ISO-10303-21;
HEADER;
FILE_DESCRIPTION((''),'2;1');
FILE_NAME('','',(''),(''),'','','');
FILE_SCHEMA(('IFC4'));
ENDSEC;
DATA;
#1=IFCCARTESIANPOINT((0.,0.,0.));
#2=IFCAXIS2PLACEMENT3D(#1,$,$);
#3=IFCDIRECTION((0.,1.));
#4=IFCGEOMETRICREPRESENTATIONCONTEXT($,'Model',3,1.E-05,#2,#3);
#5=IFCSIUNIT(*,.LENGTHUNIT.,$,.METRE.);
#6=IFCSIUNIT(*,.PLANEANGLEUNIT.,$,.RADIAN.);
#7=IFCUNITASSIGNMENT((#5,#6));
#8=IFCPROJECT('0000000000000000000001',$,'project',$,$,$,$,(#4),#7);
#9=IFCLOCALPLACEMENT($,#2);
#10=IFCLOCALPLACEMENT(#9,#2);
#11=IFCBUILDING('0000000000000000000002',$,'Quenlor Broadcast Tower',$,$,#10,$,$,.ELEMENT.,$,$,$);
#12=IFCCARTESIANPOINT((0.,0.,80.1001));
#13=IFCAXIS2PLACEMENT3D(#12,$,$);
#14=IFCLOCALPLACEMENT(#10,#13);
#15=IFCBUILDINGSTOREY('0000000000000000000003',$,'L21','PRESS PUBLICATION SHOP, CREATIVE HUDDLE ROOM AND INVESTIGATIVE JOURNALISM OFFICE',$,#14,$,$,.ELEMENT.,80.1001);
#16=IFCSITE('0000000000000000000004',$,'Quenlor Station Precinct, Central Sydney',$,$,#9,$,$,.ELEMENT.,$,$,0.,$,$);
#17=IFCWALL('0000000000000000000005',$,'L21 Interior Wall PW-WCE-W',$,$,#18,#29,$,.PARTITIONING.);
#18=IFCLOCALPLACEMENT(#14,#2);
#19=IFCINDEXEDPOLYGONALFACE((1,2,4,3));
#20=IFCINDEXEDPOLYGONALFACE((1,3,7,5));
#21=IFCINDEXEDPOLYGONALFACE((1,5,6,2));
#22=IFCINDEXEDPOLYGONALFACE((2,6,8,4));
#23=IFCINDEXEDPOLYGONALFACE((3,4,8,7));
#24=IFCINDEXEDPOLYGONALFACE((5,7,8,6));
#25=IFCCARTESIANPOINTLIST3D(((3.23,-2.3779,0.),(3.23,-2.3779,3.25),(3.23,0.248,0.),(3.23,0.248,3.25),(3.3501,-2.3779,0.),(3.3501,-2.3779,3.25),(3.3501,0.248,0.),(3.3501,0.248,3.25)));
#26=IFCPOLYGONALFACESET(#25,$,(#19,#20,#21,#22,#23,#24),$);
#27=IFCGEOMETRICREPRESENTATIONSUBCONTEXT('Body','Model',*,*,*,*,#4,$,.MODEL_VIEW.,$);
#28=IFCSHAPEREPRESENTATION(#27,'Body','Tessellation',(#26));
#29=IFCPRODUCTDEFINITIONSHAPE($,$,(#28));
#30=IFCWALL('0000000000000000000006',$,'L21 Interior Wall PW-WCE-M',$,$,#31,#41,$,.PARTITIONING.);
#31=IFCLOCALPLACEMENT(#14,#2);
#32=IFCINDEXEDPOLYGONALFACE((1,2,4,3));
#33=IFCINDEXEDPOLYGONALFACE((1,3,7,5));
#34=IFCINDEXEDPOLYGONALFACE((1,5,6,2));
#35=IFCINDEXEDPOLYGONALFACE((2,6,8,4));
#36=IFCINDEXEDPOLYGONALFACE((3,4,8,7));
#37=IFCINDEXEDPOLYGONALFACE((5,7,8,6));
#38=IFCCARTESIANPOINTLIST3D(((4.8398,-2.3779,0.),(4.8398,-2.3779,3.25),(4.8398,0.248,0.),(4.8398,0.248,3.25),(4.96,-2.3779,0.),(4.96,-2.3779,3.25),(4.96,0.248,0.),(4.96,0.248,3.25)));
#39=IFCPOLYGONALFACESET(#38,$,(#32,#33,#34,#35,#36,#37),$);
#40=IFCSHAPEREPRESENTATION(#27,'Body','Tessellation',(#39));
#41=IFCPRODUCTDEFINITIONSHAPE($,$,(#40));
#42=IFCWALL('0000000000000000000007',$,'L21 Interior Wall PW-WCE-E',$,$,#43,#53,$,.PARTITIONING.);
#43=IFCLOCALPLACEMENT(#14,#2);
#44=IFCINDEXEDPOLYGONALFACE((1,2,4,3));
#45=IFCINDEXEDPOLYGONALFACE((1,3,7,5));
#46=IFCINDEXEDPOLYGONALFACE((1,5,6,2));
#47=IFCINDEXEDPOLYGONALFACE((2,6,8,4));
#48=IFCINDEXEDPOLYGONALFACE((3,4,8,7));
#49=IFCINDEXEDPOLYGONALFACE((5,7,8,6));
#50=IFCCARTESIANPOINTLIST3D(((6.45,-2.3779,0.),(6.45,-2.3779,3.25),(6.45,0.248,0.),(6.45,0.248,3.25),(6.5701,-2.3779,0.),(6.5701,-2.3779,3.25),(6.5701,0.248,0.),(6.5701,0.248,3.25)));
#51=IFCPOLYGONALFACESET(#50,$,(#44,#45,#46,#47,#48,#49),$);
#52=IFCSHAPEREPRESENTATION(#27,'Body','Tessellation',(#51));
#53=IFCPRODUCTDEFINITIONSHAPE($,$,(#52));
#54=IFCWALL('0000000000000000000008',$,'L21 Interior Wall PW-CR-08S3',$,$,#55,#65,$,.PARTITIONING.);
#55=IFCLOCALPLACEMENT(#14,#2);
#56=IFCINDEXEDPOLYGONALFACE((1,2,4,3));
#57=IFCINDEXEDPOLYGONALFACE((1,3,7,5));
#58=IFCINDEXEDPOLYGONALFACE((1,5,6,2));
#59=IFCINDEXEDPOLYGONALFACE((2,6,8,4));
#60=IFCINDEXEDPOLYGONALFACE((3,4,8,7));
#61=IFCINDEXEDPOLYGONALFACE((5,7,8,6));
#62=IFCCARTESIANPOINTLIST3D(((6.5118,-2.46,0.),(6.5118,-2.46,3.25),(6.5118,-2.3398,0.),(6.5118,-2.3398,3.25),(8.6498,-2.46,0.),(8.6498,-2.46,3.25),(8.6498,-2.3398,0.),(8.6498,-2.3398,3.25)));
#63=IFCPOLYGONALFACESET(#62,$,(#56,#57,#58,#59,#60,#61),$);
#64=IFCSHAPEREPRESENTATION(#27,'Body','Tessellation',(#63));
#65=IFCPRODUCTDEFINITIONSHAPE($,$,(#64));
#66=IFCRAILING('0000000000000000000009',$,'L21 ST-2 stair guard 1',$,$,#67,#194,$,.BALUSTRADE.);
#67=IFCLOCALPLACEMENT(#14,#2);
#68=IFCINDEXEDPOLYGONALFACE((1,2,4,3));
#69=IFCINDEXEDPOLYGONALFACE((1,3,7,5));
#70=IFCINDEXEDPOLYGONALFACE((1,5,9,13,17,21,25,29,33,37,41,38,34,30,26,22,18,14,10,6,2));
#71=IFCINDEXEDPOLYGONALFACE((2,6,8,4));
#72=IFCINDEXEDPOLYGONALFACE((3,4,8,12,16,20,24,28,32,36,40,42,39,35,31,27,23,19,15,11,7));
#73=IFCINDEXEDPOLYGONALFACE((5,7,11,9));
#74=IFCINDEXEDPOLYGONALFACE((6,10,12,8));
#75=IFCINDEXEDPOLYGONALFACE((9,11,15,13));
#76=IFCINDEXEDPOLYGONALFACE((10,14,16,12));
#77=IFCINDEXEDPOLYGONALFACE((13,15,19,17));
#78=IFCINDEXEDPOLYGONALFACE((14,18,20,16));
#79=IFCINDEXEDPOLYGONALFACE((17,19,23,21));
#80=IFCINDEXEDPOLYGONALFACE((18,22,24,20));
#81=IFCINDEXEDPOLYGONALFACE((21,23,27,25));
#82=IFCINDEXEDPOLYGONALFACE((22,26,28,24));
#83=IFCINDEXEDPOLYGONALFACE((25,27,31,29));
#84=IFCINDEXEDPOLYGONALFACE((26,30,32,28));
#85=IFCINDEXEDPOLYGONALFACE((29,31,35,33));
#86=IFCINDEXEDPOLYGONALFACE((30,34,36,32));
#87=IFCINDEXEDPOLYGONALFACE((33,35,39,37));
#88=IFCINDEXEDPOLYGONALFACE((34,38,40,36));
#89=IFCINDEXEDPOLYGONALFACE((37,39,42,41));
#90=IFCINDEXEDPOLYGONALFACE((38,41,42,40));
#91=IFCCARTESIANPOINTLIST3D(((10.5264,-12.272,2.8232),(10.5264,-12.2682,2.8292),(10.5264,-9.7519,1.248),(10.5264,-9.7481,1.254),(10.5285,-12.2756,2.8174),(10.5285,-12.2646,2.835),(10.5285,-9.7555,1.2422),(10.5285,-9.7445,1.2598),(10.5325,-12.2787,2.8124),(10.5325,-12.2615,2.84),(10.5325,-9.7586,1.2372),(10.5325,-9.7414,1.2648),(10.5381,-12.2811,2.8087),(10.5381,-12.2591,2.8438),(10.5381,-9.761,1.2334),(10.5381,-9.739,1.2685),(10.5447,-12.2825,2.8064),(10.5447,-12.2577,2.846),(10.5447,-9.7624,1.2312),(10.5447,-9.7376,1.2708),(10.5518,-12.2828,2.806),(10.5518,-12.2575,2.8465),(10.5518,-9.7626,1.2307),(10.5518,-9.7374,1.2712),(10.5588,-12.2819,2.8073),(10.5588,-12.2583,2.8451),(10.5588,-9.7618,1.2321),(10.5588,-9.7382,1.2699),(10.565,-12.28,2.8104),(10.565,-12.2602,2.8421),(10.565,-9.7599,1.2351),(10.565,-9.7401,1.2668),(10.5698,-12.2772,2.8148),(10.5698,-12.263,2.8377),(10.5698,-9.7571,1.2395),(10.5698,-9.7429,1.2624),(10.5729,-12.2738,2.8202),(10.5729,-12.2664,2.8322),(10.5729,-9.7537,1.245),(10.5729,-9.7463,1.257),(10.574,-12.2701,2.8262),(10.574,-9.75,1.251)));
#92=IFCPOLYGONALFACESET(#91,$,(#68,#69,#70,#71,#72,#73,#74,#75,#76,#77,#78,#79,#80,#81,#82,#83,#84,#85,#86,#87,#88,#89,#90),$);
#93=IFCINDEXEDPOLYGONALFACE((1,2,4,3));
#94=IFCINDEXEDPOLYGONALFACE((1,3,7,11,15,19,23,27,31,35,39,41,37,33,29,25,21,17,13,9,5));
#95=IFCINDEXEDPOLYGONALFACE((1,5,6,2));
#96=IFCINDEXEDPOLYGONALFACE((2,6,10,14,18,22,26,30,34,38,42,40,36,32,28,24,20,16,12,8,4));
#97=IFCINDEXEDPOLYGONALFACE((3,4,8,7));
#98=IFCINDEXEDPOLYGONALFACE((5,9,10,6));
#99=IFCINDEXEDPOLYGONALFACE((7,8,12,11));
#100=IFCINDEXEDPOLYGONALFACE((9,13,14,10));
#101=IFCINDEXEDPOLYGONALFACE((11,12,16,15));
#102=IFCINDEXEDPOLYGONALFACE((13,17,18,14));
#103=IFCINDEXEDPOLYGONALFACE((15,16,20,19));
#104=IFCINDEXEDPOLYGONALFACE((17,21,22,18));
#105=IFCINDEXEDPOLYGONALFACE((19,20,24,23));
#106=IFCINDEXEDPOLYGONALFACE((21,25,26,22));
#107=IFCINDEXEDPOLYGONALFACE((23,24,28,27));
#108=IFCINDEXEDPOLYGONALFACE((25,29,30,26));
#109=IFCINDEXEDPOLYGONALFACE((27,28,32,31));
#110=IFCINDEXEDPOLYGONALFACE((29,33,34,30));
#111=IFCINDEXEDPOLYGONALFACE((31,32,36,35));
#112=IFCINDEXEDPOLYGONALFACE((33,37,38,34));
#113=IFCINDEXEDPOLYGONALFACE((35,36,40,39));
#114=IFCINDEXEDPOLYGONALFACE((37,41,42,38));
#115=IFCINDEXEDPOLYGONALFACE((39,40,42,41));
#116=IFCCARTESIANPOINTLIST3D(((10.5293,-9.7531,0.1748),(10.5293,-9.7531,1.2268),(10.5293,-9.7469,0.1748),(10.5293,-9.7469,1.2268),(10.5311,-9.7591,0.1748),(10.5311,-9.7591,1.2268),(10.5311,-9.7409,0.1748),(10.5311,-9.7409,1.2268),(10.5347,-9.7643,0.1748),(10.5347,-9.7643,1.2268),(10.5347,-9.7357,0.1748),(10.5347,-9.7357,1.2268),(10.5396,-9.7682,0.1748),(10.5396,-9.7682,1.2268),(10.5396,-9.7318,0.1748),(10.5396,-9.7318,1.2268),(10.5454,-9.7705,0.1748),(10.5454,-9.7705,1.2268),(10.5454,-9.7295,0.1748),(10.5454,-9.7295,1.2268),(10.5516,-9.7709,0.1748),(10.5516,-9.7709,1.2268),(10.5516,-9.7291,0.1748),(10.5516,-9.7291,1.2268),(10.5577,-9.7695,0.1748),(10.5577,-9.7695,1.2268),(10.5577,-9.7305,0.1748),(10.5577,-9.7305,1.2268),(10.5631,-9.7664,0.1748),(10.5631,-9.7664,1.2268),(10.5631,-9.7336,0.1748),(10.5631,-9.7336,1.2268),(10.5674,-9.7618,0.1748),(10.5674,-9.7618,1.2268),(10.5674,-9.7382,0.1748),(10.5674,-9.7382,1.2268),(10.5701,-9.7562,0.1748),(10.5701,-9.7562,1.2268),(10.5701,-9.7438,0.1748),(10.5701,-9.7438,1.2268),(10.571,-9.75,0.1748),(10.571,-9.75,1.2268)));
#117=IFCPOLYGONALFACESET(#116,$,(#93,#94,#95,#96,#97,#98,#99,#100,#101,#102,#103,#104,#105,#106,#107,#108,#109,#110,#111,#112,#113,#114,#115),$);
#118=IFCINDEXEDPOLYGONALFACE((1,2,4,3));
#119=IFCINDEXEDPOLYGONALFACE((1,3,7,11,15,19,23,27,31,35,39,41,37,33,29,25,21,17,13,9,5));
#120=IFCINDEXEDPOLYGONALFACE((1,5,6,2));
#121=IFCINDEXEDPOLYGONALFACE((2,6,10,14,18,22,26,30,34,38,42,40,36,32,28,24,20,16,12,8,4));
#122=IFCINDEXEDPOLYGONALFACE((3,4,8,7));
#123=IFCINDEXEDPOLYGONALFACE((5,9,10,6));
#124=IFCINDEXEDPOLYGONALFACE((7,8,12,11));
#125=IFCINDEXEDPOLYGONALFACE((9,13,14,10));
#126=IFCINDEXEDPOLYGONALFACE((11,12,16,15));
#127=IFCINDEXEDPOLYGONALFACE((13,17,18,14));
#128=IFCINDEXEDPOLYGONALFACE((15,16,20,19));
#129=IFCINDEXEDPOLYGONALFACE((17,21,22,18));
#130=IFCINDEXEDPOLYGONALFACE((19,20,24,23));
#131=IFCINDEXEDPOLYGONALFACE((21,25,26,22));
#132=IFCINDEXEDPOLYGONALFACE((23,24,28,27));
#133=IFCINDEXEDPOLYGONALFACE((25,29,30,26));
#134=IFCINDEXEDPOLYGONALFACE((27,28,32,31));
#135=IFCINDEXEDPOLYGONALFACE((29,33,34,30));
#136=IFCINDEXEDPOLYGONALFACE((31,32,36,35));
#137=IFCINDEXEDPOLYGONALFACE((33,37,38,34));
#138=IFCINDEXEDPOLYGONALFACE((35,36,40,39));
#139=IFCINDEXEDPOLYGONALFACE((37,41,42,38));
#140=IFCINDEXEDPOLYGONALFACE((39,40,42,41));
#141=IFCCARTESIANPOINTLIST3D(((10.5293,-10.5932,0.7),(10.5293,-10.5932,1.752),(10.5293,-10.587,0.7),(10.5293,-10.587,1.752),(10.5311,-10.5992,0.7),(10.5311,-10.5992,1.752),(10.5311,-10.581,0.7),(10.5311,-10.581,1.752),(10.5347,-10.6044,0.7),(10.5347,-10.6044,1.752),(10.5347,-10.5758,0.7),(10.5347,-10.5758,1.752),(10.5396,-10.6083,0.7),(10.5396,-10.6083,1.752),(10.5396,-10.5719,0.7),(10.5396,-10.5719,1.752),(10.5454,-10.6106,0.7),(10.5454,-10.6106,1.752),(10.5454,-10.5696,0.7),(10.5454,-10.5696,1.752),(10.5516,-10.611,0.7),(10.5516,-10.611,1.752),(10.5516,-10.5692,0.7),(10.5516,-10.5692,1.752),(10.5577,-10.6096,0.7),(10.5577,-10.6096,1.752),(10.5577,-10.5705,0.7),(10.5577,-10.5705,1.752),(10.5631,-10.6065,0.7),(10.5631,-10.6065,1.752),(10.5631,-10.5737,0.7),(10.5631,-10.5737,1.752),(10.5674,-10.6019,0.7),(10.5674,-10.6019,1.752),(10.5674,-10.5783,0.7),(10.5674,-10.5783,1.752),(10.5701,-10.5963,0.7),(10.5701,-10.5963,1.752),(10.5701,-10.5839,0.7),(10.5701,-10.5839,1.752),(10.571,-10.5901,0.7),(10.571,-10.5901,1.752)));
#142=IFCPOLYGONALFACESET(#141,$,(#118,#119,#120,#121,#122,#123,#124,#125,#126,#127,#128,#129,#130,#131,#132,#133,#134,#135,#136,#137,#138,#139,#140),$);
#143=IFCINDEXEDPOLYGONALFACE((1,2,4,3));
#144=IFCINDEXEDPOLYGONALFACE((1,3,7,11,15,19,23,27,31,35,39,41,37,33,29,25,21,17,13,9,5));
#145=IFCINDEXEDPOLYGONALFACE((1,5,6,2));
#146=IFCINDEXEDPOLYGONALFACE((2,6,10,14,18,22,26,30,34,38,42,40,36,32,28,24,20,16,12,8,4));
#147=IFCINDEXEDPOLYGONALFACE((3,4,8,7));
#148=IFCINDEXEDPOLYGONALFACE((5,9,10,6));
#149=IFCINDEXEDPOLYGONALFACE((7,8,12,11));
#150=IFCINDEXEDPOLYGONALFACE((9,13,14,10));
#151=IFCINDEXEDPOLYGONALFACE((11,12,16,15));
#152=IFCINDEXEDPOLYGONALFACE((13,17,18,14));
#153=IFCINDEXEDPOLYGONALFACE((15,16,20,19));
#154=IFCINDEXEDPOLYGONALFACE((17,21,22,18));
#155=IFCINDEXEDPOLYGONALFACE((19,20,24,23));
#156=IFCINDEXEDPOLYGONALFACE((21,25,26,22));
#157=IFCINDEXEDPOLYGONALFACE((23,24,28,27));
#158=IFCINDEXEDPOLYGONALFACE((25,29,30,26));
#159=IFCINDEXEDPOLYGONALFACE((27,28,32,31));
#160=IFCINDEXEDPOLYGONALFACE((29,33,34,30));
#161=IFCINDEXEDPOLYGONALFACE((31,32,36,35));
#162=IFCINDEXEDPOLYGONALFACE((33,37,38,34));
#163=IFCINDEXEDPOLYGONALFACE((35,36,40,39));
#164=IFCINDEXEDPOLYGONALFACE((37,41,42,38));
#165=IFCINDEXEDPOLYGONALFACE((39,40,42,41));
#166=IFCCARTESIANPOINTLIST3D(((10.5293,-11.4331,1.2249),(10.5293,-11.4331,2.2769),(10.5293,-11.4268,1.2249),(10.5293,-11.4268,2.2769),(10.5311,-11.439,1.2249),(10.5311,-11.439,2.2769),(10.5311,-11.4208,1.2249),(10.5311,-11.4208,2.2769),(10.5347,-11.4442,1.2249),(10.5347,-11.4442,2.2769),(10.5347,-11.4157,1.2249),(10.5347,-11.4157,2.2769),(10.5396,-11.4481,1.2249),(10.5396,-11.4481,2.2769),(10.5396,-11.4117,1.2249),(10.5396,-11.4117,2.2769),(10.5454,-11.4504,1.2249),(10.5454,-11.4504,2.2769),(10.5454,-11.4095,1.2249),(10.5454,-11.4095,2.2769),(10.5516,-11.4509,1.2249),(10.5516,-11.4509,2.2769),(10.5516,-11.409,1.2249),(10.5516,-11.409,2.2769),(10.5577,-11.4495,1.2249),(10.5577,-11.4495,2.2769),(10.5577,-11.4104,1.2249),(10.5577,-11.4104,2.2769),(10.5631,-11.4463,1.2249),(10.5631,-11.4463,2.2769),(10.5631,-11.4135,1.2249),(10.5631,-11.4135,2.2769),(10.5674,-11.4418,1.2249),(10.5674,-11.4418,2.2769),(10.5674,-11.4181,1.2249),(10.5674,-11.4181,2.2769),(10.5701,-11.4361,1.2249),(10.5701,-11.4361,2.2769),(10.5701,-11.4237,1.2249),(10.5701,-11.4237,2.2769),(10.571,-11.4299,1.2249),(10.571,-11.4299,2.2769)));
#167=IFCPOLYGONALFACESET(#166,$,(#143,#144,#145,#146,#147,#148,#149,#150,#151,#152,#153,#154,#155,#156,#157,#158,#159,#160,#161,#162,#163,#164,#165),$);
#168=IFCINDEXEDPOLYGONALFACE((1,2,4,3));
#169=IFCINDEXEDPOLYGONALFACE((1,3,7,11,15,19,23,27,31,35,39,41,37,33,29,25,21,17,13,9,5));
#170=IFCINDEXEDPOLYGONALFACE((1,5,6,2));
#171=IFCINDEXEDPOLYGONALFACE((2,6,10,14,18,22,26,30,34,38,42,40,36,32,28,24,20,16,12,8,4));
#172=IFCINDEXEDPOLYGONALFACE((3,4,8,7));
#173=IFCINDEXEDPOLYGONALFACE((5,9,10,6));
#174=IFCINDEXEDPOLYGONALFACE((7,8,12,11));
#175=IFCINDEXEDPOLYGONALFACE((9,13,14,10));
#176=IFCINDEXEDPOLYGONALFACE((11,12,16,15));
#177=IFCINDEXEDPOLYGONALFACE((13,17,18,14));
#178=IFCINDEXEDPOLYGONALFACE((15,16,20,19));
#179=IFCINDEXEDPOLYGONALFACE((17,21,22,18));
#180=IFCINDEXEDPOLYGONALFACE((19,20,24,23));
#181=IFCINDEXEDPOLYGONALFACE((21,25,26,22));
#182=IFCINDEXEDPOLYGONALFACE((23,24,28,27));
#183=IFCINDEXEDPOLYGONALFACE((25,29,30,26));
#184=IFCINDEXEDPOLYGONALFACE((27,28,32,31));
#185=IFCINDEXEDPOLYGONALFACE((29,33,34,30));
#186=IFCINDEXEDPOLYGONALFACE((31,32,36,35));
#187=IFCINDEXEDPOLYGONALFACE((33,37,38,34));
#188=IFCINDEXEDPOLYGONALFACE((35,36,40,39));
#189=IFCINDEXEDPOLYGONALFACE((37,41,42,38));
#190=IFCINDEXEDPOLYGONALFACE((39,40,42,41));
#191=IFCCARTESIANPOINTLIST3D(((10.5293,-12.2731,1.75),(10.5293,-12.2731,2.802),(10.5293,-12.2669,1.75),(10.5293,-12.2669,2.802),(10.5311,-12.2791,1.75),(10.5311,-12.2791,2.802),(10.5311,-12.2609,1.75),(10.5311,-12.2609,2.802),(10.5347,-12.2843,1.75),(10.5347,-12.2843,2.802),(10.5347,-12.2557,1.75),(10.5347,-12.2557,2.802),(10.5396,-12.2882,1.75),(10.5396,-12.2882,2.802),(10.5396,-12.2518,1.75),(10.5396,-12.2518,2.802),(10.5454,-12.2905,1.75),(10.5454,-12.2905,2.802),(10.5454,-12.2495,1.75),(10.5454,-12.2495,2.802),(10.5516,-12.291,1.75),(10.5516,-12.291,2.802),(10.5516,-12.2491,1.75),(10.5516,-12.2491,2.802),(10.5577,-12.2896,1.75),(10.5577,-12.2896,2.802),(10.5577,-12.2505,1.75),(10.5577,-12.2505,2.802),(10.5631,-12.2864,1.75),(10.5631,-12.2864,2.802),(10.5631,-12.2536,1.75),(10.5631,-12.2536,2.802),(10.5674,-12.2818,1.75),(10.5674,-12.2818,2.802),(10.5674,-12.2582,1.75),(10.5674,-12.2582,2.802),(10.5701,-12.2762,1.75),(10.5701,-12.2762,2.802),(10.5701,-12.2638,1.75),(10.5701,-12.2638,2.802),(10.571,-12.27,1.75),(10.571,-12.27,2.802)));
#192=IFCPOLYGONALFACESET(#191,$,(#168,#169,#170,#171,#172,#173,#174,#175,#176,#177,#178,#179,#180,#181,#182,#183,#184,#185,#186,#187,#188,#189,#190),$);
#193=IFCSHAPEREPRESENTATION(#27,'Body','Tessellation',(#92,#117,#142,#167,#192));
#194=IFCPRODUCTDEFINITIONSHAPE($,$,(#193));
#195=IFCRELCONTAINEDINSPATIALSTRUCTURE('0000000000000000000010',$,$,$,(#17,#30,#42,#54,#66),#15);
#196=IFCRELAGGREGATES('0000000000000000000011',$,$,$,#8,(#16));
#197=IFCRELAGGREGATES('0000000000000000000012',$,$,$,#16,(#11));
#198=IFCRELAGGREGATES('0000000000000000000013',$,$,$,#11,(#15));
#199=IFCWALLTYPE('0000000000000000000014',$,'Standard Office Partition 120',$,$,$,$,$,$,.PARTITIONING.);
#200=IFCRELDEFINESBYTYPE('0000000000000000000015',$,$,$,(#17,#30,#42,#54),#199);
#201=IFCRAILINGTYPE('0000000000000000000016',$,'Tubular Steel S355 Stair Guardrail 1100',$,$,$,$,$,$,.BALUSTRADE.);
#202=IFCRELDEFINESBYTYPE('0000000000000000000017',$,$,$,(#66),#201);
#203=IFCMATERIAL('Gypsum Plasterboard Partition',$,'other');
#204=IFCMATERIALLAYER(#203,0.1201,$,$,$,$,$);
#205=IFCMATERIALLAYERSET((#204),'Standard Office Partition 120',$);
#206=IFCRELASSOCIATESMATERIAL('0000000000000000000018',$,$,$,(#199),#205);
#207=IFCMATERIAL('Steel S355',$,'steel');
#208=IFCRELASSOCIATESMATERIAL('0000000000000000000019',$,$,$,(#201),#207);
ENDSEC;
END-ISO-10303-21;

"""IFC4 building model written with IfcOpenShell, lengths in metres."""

from ifc_helpers import new_model, si_unit, direction, frame, frame_2d, origin, origin_2d, place, context, subcontext, project, spatial, rectangle, circle, extrude, material, layer, layer_set, type_object, element, save


model = new_model("IFC4")

# Units and contexts
model_context = context("Model", 3, precision=1e-05, world=origin(), true_north=direction((0.0, 1.0)))
body_context = subcontext(model_context, "Body", "Model", "MODEL_VIEW")
ifc_project = project(units=[si_unit("LENGTHUNIT", "METRE"), si_unit("PLANEANGLEUNIT", "RADIAN")], contexts=[model_context])

# Site, building, storey
site_placement = place(None, origin())
site = spatial("IfcSite", under=ifc_project, at=site_placement, Name="Quenlor Station Precinct, Central Sydney", CompositionType="ELEMENT", RefElevation=0.0)
building_placement = place(site_placement, origin())
building = spatial("IfcBuilding", under=site, at=building_placement, Name="Quenlor Broadcast Tower", CompositionType="ELEMENT")
storey_placement = place(building_placement, frame((0.0, 0.0, 80.1001)))
storey = spatial("IfcBuildingStorey", under=building, at=storey_placement, Name="L21", Description="PRESS PUBLICATION SHOP, CREATIVE HUDDLE ROOM AND INVESTIGATIVE JOURNALISM OFFICE", CompositionType="ELEMENT", Elevation=80.1001)

# Shared definitions
ifc_material_1 = material(Name="Gypsum Plasterboard Partition", Category="other")
ifc_layer_1 = layer(ifc_material_1, 0.1201)
ifc_layer_set_1 = layer_set([ifc_layer_1], Name="Standard Office Partition 120")
wall_type_1 = type_object("IfcWallType", Name="Standard Office Partition 120", PredefinedType="PARTITIONING", material=ifc_layer_set_1)

# Walls
for number, where, z_axis, x_axis, name in (
    (1, (3.29, -2.3779, 0.0), (0.0, 0.0, 1.0), (0.0, 1.0, 0.0), "L21 Interior Wall PW-WCE-W"),
    (2, (4.8999, -2.3779, 0.0), (0.0, 0.0, 1.0), (0.0, 1.0, 0.0), "L21 Interior Wall PW-WCE-M"),
    (3, (6.51, -2.3779, 0.0), (0.0, 0.0, 1.0), (0.0, 1.0, 0.0), "L21 Interior Wall PW-WCE-E"),
):
    element("IfcWall", number, at=place(storey_placement, frame(where, z_axis=z_axis, x_axis=x_axis)), inside=storey, type_object=wall_type_1, Name=name, PredefinedType="PARTITIONING", context=body_context, shape_type="SweptSolid", body=[
        extrude(rectangle(XDim=2.626, YDim=0.1201, at=frame_2d((1.313, 0.0))), origin(), (0.0, 0.0, 1.0), 3.25),
    ])
wall_1_placement = place(storey_placement, frame((6.512, -2.3999, 0.0), z_axis=(0.0, 0.0, 1.0), x_axis=(1.0, 0.0, 0.0)))
element("IfcWall", 4, at=wall_1_placement, inside=storey, type_object=wall_type_1, Name="L21 Interior Wall PW-CR-08S3", PredefinedType="PARTITIONING", context=body_context, shape_type="SweptSolid", body=[
    extrude(rectangle(XDim=2.1379, YDim=0.1201, at=frame_2d((1.0688, 0.0))), origin(), (0.0, 0.0, 1.0), 3.25),
])

# Railing
ifc_material_2 = material(Name="Steel S355", Category="steel")
railing_type = type_object("IfcRailingType", Name="Tubular Steel S355 Stair Guardrail 1100", PredefinedType="BALUSTRADE", material=ifc_material_2)
railing_1_placement = place(storey_placement, frame((10.55, -9.75, 0.1748)))
element("IfcRailing", 5, at=railing_1_placement, inside=storey, type_object=railing_type, Name="L21 ST-2 stair guard 1", PredefinedType="BALUSTRADE", context=body_context, shape_type="SweptSolid", body=[
    extrude(circle(Radius=0.0239, at=origin_2d()), frame((0.0, 0.0, 1.0762), z_axis=(0.0, -0.847971, 0.530043), x_axis=(1.0, 0.0, 0.0)), (0.0, 0.0, 1.0), 2.9719),
    extrude(circle(Radius=0.021, at=origin_2d()), origin(), (0.0, 0.0, 1.0), 1.052),
    extrude(circle(Radius=0.021, at=origin_2d()), frame((0.0, -0.8401, 0.5251)), (0.0, 0.0, 1.0), 1.052),
    extrude(circle(Radius=0.021, at=origin_2d()), frame((0.0, -1.6799, 1.05)), (0.0, 0.0, 1.0), 1.052),
    extrude(circle(Radius=0.021, at=origin_2d()), frame((0.0, -2.52, 1.5752)), (0.0, 0.0, 1.0), 1.052),
])

save(model, "model.ifc")
